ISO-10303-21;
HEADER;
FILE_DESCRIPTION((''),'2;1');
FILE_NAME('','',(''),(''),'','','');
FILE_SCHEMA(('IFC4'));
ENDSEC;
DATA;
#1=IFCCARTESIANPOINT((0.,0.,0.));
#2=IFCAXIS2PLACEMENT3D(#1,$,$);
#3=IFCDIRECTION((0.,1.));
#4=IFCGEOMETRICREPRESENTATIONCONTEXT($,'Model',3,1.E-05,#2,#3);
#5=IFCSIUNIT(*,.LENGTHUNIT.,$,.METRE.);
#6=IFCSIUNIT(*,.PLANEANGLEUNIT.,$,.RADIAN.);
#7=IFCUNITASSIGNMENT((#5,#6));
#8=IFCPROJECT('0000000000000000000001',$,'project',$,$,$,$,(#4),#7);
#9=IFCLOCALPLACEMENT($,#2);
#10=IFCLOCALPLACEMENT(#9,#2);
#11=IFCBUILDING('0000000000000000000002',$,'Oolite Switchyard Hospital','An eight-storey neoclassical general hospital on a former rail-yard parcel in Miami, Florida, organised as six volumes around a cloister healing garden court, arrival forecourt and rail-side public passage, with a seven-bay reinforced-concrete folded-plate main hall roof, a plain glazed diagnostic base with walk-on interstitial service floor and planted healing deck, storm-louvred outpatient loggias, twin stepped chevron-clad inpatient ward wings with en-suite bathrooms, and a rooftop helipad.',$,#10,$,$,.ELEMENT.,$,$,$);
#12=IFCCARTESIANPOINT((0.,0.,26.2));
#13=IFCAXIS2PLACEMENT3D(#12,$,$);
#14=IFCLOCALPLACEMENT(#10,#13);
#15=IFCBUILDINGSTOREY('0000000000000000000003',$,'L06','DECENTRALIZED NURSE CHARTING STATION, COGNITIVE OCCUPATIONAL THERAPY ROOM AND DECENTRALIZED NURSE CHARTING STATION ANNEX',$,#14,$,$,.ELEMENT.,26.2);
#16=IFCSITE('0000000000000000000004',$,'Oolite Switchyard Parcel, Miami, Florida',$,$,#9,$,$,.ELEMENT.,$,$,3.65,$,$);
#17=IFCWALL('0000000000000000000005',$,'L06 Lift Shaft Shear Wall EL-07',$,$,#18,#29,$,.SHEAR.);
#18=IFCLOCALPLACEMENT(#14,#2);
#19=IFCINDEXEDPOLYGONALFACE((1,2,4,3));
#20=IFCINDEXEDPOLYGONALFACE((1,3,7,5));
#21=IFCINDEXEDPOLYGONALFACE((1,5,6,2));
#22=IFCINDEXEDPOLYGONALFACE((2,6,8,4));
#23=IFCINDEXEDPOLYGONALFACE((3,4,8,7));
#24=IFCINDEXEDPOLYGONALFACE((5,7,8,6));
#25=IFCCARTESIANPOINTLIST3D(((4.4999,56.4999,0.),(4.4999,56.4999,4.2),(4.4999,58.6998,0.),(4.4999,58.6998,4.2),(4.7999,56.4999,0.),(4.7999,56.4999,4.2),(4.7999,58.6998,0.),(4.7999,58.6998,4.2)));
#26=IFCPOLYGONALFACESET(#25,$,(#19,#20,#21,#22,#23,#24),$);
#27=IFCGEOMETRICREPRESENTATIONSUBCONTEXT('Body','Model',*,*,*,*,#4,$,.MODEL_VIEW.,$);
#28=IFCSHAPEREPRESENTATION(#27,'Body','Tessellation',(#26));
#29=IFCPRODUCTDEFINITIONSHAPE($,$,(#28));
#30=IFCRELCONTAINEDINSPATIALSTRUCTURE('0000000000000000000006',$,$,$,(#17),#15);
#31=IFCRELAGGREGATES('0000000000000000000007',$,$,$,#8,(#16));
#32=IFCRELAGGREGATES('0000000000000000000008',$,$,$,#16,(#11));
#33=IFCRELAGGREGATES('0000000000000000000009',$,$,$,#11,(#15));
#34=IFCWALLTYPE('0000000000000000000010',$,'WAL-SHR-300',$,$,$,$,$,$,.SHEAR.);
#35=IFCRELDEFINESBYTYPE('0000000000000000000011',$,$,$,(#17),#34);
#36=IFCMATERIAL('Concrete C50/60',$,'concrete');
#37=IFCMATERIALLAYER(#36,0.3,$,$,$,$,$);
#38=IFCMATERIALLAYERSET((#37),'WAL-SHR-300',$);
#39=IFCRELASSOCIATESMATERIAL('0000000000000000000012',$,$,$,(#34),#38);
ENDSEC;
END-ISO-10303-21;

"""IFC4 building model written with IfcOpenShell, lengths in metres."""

from ifc_helpers import new_model, si_unit, direction, frame, frame_2d, origin, place, context, subcontext, project, spatial, rectangle, extrude, material, layer, layer_set, type_object, element, save


model = new_model("IFC4")

# Units and contexts
model_context = context("Model", 3, precision=1e-05, world=origin(), true_north=direction((0.0, 1.0)))
body_context = subcontext(model_context, "Body", "Model", "MODEL_VIEW")
ifc_project = project(units=[si_unit("LENGTHUNIT", "METRE"), si_unit("PLANEANGLEUNIT", "RADIAN")], contexts=[model_context])

# Site, building, storey
site_placement = place(None, origin())
site = spatial("IfcSite", under=ifc_project, at=site_placement, Name="Oolite Switchyard Parcel, Miami, Florida", CompositionType="ELEMENT", RefElevation=3.65)
building_placement = place(site_placement, origin())
building = spatial("IfcBuilding", under=site, at=building_placement, Name="Oolite Switchyard Hospital", Description="An eight-storey neoclassical general hospital on a former rail-yard parcel in Miami, Florida, organised as six volumes around a cloister healing garden court, arrival forecourt and rail-side public passage, with a seven-bay reinforced-concrete folded-plate main hall roof, a plain glazed diagnostic base with walk-on interstitial service floor and planted healing deck, storm-louvred outpatient loggias, twin stepped chevron-clad inpatient ward wings with en-suite bathrooms, and a rooftop helipad.", CompositionType="ELEMENT")
storey_placement = place(building_placement, frame((0.0, 0.0, 26.2)))
storey = spatial("IfcBuildingStorey", under=building, at=storey_placement, Name="L06", Description="DECENTRALIZED NURSE CHARTING STATION, COGNITIVE OCCUPATIONAL THERAPY ROOM AND DECENTRALIZED NURSE CHARTING STATION ANNEX", CompositionType="ELEMENT", Elevation=26.2)

# Shared definitions
ifc_material_1 = material(Name="Concrete C50/60", Category="concrete")

# Shared definitions
ifc_layer_1 = layer(ifc_material_1, 0.3)
ifc_layer_set_1 = layer_set([ifc_layer_1], Name="WAL-SHR-300")
wall_type_1 = type_object("IfcWallType", Name="WAL-SHR-300", PredefinedType="SHEAR", material=ifc_layer_set_1)

# Wall
wall_1_placement = place(storey_placement, frame((4.6499, 58.7, 0.0), z_axis=(0.0, 0.0, 1.0), x_axis=(0.0, -1.0, 0.0)))
element("IfcWall", 1, at=wall_1_placement, inside=storey, type_object=wall_type_1, Name="L06 Lift Shaft Shear Wall EL-07", PredefinedType="SHEAR", context=body_context, shape_type="SweptSolid", body=[
    extrude(rectangle(XDim=2.2, YDim=0.3, at=frame_2d((1.1001, 0.0))), origin(), (0.0, 0.0, 1.0), 4.2),
])

save(model, "model.ifc")
